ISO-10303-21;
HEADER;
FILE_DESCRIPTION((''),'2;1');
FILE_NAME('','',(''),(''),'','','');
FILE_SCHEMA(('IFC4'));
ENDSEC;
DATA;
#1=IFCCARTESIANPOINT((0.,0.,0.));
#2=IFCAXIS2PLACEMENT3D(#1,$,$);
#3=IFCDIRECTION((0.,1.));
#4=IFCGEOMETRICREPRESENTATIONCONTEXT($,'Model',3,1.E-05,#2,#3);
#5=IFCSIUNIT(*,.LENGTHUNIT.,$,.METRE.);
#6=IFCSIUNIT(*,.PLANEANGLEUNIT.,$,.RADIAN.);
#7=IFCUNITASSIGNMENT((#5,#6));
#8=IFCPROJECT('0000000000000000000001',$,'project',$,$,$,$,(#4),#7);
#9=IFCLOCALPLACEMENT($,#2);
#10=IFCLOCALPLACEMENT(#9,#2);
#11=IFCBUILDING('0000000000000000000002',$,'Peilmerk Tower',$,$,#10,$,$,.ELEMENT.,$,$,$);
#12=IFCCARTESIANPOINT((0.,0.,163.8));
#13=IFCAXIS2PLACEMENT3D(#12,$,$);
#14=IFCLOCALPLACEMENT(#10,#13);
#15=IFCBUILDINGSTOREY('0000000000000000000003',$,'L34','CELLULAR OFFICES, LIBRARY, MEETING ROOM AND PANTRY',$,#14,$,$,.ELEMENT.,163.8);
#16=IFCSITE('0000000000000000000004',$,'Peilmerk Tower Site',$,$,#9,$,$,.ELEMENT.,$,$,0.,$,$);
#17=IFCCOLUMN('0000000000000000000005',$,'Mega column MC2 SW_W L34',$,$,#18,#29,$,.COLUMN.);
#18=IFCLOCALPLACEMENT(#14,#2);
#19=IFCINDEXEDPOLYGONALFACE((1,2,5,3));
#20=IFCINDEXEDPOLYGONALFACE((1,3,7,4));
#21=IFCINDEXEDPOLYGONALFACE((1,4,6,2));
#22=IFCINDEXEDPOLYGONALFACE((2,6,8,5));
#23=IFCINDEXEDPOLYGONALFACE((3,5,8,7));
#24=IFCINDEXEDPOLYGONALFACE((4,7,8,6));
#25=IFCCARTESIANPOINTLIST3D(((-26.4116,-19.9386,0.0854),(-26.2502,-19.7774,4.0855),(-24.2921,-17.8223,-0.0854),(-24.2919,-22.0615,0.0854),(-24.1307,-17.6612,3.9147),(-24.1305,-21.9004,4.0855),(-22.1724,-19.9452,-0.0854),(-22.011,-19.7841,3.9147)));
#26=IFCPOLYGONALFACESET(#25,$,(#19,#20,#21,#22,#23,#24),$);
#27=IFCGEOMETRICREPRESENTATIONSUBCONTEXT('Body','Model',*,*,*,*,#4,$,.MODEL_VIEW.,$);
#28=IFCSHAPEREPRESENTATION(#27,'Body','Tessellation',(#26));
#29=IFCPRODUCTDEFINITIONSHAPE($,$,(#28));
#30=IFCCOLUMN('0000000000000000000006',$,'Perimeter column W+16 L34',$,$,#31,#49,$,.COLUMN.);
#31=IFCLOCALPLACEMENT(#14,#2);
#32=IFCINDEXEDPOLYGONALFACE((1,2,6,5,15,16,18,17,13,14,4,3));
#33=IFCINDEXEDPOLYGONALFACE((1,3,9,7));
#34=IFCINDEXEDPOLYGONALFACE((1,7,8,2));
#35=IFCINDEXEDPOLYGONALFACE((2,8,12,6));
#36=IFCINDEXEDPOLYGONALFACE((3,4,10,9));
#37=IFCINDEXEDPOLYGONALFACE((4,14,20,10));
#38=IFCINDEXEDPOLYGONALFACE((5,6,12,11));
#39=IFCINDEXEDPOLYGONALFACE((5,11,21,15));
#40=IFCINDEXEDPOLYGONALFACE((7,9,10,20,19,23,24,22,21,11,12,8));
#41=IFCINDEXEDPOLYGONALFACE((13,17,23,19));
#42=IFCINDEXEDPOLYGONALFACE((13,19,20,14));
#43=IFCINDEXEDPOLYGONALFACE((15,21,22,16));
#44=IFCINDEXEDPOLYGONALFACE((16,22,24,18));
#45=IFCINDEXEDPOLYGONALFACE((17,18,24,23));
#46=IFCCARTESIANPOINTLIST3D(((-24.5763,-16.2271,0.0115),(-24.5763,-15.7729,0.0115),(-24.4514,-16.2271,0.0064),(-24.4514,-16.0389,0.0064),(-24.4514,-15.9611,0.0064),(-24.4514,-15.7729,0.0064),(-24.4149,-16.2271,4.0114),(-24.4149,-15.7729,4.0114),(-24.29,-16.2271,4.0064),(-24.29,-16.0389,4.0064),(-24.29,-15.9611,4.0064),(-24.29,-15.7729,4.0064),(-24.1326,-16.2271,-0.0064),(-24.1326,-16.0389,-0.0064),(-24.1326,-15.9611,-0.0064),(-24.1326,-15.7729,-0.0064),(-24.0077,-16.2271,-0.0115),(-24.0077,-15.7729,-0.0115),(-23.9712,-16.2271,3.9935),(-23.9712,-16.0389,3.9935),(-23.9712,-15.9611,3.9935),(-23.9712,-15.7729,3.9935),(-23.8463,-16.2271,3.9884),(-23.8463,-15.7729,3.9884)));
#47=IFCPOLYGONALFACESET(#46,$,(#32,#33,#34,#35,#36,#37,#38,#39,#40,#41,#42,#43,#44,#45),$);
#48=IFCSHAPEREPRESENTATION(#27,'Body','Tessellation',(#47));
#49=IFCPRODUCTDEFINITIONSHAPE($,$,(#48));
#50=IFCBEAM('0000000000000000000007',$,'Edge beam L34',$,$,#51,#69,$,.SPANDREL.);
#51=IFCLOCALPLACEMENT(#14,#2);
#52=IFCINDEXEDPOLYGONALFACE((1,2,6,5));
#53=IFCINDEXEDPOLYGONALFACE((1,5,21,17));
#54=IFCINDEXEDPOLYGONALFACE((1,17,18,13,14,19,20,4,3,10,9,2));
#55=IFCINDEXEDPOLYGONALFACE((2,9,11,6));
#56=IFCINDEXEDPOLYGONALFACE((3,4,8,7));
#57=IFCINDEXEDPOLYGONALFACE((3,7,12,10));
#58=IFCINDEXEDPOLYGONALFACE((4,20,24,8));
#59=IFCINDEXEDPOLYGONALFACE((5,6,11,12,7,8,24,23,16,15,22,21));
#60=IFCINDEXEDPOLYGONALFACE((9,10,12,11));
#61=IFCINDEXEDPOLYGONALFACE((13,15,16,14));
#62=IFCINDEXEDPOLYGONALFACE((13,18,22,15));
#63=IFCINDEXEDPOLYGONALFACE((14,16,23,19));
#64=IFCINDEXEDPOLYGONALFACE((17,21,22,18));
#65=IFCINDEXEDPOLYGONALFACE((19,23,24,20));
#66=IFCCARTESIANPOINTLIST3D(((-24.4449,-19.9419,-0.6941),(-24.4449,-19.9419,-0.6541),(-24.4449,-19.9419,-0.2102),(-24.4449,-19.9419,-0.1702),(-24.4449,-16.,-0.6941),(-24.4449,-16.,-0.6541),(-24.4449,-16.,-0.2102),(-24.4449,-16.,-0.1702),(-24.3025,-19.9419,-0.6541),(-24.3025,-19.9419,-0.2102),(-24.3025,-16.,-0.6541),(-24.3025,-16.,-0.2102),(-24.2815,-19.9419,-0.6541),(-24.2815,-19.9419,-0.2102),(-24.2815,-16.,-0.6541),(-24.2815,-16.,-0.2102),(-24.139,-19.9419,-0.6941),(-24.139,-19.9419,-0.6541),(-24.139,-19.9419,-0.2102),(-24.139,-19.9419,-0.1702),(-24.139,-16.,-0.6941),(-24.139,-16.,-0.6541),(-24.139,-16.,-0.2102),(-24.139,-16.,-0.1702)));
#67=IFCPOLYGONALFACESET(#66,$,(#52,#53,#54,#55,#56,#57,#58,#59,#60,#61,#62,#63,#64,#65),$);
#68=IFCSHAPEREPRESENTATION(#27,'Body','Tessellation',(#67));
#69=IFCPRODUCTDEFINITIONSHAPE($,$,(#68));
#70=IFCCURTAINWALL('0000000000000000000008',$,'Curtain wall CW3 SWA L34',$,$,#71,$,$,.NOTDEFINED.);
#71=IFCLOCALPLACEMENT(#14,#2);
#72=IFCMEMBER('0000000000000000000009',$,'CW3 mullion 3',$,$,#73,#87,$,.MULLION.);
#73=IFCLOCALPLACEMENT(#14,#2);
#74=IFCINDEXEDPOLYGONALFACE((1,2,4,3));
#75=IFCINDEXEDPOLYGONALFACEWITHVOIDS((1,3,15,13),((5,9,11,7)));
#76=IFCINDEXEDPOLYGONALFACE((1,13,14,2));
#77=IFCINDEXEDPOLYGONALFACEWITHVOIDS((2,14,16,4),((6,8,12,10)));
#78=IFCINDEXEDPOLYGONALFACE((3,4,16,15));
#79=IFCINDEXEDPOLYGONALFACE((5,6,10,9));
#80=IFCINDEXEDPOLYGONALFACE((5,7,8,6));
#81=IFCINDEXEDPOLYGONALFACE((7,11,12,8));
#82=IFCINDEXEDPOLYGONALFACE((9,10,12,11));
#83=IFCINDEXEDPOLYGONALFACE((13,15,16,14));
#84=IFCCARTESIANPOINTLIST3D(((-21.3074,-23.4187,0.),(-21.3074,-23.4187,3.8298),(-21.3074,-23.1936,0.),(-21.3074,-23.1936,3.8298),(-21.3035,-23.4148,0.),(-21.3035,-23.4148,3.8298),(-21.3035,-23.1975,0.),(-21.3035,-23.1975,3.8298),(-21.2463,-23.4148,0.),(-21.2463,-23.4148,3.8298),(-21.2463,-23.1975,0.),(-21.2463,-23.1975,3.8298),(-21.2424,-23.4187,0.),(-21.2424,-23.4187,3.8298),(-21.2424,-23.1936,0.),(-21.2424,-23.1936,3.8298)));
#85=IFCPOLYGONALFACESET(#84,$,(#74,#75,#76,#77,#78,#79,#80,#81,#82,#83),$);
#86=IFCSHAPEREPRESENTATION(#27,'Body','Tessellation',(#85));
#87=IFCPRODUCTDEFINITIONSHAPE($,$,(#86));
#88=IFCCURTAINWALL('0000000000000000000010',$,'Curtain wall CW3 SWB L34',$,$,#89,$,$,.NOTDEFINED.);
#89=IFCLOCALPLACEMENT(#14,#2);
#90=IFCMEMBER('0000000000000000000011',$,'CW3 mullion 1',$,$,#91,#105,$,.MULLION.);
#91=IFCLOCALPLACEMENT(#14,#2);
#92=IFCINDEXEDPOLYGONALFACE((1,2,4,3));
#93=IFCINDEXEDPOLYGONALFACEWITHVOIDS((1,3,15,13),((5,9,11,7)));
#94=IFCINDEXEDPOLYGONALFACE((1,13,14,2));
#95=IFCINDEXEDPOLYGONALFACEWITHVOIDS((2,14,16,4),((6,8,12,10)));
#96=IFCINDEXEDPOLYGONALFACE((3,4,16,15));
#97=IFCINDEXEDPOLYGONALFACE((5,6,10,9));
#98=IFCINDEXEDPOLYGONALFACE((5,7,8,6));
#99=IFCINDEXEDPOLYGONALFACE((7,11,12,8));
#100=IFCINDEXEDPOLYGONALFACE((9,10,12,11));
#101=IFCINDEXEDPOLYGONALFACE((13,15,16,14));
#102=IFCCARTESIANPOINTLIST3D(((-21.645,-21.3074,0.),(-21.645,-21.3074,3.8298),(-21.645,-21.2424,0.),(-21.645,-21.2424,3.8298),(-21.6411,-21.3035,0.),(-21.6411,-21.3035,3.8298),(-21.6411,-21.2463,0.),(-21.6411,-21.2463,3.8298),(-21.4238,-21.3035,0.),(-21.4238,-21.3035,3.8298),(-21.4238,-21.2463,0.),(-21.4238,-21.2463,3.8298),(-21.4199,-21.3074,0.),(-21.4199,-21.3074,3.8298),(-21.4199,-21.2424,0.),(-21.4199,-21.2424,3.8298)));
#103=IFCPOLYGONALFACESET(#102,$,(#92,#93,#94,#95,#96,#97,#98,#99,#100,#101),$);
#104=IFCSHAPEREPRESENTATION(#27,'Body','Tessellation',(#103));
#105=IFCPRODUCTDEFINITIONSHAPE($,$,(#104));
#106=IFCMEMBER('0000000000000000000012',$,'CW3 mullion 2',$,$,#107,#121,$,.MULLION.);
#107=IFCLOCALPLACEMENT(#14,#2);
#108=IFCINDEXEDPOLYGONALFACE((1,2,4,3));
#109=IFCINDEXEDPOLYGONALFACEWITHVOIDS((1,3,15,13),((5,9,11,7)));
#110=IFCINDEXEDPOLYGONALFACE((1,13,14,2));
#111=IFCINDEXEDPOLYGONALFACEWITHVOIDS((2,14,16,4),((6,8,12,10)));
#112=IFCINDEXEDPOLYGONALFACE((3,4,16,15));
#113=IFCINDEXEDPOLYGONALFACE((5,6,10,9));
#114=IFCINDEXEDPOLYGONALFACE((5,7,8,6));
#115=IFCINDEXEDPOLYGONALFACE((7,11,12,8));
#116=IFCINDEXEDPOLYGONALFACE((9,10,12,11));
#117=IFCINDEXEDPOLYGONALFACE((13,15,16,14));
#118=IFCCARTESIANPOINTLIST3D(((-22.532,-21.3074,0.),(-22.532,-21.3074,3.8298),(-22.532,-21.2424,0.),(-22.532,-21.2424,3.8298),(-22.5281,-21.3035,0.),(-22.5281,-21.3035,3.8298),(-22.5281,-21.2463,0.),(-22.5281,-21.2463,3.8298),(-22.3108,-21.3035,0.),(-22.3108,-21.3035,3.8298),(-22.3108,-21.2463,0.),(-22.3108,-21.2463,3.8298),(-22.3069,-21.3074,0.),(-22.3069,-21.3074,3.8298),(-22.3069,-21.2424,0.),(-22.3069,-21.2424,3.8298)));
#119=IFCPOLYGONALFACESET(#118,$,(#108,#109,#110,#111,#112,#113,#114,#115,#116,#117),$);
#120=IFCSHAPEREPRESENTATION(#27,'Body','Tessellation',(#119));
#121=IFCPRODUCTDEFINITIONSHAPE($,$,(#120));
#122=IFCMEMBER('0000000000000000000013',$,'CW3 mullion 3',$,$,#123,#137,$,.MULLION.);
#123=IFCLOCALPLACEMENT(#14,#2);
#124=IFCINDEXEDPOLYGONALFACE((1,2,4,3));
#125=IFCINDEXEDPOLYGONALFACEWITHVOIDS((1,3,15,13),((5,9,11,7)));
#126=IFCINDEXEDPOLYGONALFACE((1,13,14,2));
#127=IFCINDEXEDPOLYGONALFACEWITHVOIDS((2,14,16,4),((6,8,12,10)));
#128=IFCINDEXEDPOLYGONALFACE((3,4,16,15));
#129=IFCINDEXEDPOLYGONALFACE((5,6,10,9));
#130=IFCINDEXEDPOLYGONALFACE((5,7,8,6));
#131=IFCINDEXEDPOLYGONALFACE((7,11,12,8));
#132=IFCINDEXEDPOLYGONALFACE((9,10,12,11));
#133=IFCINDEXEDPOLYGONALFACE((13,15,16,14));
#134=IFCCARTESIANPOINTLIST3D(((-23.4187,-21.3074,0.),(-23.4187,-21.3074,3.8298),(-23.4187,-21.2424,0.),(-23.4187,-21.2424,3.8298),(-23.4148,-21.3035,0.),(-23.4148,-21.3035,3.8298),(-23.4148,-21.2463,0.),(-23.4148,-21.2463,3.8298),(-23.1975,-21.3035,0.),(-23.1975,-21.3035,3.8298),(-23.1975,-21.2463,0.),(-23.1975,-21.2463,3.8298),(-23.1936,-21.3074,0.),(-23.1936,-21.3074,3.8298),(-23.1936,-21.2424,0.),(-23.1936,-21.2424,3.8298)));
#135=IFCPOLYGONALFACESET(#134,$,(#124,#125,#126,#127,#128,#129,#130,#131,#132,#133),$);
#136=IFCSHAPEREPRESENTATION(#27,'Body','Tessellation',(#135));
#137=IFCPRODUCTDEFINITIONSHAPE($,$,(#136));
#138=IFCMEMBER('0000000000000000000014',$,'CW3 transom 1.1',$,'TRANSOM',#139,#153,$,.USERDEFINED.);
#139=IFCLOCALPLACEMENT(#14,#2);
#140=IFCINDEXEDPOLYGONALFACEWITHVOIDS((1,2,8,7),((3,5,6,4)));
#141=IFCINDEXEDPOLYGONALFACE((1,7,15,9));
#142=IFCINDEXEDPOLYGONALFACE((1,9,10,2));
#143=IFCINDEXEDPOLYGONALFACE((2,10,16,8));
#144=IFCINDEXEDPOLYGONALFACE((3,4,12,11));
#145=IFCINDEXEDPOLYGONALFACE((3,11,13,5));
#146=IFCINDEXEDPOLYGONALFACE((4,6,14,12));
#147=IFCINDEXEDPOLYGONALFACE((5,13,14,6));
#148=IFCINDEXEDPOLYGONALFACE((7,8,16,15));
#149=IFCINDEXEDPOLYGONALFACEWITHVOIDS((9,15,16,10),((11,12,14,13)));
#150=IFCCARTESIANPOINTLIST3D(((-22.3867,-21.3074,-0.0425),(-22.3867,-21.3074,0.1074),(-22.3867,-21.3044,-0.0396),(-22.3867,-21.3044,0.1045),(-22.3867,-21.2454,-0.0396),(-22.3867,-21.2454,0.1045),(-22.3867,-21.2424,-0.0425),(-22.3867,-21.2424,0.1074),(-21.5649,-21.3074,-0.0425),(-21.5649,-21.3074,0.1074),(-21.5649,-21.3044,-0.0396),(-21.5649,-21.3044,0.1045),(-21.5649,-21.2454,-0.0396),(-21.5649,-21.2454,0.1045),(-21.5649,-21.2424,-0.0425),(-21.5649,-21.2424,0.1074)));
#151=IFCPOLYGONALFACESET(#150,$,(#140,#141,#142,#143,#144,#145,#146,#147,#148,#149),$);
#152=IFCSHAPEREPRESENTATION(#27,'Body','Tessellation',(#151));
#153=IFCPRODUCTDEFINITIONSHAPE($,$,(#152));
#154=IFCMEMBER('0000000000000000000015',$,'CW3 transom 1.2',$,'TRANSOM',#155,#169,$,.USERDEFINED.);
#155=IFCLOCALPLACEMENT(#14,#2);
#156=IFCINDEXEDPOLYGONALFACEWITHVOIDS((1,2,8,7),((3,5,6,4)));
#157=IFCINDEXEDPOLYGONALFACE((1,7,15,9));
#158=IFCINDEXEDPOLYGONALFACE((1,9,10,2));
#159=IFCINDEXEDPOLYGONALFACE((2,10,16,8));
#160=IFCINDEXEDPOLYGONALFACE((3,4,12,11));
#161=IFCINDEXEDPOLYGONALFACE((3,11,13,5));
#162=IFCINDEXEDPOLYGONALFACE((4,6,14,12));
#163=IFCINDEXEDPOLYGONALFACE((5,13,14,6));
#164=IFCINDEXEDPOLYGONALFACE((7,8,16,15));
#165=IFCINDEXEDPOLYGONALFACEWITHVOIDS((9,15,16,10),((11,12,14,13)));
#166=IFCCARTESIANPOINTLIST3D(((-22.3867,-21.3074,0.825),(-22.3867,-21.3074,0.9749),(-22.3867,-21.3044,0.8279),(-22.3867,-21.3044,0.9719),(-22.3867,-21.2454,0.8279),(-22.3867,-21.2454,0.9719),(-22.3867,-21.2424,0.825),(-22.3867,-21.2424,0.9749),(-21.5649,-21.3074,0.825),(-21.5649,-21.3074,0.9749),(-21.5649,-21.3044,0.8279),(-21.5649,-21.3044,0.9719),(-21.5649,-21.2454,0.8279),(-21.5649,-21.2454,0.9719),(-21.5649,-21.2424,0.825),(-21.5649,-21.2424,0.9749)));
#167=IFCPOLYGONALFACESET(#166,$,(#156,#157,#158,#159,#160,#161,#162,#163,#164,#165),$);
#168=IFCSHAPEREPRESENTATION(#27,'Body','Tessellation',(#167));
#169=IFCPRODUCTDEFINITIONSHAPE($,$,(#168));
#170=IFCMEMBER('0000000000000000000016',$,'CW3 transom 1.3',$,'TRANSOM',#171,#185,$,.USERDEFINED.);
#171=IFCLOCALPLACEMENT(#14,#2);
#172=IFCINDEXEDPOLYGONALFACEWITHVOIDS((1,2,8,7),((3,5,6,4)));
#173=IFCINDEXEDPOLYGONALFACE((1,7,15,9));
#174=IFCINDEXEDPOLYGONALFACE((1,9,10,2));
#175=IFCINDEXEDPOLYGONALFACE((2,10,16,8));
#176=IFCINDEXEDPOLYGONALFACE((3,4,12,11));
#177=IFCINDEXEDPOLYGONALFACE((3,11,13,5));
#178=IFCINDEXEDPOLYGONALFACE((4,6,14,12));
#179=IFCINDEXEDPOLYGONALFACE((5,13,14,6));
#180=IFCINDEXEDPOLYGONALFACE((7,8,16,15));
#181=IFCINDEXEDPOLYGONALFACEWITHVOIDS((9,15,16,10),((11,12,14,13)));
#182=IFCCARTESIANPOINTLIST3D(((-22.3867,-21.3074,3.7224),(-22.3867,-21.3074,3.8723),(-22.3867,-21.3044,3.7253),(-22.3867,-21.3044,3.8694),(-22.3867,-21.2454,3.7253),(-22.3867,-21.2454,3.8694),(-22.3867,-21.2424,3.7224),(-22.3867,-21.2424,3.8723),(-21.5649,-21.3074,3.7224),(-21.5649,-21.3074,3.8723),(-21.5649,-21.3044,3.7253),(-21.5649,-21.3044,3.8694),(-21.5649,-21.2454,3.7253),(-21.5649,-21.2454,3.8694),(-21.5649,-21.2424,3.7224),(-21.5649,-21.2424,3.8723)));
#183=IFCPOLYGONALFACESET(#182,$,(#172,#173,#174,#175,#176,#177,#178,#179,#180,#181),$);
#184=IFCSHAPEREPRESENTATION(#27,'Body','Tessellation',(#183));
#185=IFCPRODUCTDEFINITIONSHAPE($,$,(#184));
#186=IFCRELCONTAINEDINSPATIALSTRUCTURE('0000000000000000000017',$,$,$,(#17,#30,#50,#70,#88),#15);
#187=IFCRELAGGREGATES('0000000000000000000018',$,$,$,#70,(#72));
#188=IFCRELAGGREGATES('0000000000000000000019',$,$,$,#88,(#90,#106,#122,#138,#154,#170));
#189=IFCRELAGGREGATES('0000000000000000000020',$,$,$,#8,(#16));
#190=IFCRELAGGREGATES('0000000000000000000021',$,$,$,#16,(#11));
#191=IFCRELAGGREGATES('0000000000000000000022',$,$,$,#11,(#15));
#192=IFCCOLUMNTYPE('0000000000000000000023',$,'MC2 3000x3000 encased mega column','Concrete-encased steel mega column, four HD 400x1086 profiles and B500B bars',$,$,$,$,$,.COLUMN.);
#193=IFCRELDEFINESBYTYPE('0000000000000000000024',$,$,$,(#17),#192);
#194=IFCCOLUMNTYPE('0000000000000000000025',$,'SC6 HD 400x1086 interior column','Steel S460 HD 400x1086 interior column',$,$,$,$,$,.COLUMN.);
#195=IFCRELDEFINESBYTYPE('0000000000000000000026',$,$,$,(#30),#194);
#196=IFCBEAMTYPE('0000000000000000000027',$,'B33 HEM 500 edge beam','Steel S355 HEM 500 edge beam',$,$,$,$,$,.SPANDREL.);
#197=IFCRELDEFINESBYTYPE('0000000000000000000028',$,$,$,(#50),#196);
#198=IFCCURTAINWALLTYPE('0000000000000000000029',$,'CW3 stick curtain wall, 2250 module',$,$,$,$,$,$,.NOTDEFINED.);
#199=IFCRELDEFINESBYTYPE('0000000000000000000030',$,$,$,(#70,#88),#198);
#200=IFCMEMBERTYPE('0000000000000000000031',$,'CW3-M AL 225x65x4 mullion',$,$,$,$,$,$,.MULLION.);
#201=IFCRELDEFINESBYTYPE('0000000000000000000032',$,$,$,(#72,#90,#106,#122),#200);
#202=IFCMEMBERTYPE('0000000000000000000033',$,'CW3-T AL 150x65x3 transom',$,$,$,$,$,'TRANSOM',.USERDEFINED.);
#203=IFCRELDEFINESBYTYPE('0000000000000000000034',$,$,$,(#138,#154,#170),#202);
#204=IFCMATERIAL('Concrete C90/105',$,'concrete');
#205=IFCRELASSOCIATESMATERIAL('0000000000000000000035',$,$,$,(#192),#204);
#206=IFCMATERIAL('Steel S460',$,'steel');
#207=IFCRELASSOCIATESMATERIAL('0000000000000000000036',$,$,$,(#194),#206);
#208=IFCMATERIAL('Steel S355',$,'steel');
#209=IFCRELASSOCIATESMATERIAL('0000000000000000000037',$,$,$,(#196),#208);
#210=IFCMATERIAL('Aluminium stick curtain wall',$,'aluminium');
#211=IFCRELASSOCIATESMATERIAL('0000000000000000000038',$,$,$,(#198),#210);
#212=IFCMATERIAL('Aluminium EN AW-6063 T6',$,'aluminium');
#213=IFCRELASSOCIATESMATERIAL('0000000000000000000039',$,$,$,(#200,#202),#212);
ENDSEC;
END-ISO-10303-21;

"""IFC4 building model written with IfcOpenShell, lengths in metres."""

from ifc_helpers import new_model, si_unit, direction, frame, origin, origin_2d, place, context, subcontext, project, spatial, rectangle, hollow_rectangle, i_section, extrude, material, material_profile, profile_set, type_object, element, aggregate, save


model = new_model("IFC4")

# Units and contexts
model_context = context("Model", 3, precision=1e-05, world=origin(), true_north=direction((0.0, 1.0)))
body_context = subcontext(model_context, "Body", "Model", "MODEL_VIEW")
ifc_project = project(units=[si_unit("LENGTHUNIT", "METRE"), si_unit("PLANEANGLEUNIT", "RADIAN")], contexts=[model_context])

# Site, building, storey
site_placement = place(None, origin())
site = spatial("IfcSite", under=ifc_project, at=site_placement, Name="Peilmerk Tower Site", CompositionType="ELEMENT", RefElevation=0.0)
building_placement = place(site_placement, origin())
building = spatial("IfcBuilding", under=site, at=building_placement, Name="Peilmerk Tower", CompositionType="ELEMENT")
storey_placement = place(building_placement, frame((0.0, 0.0, 163.8)))
storey = spatial("IfcBuildingStorey", under=building, at=storey_placement, Name="L34", Description="CELLULAR OFFICES, LIBRARY, MEETING ROOM AND PANTRY", CompositionType="ELEMENT", Elevation=163.8)

# Columns
ifc_material_1 = material(Name="Concrete C90/105", Category="concrete")
ifc_material_profile_1 = material_profile(ifc_material_1, rectangle(XDim=3.0, YDim=3.0, at=origin_2d()), Name="RC 3000x3000")
ifc_profile_set_1 = profile_set([ifc_material_profile_1], Name="Concrete C90/105")
column_type_1 = type_object("IfcColumnType", Name="MC2 3000x3000 encased mega column", Description="Concrete-encased steel mega column, four HD 400x1086 profiles and B500B bars", PredefinedType="COLUMN", material=ifc_profile_set_1)
column_1_placement = place(storey_placement, frame((-24.292, -19.9419, 0.0), z_axis=(0.040279, 0.040218, 0.998379), x_axis=(-0.706571, 0.707642, 0.0)))
element("IfcColumn", 1, at=column_1_placement, inside=storey, type_object=column_type_1, Name="Mega column MC2 SW_W L34", PredefinedType="COLUMN", context=body_context, shape_type="SweptSolid", body=[
    extrude(rectangle(XDim=3.0, YDim=3.0, at=origin_2d()), origin(), (0.0, 0.0, 1.0), 4.0066),
])
ifc_material_2 = material(Name="Steel S460", Category="steel")
ifc_material_profile_2 = material_profile(ifc_material_2, i_section(OverallWidth=0.4541, OverallDepth=0.5691, WebThickness=0.0779, FlangeThickness=0.125, at=origin_2d()), Name="HD 400x1086")
ifc_profile_set_2 = profile_set([ifc_material_profile_2], Name="Steel S460")
column_type_2 = type_object("IfcColumnType", Name="SC6 HD 400x1086 interior column", Description="Steel S460 HD 400x1086 interior column", PredefinedType="COLUMN", material=ifc_profile_set_2)
column_2_placement = place(storey_placement, frame((-24.292, -16.0, 0.0), z_axis=(0.040311, 0.0, 0.999187), x_axis=(0.0, 1.0, 0.0)))
element("IfcColumn", 2, at=column_2_placement, inside=storey, type_object=column_type_2, Name="Perimeter column W+16 L34", PredefinedType="COLUMN", context=body_context, shape_type="SweptSolid", body=[
    extrude(i_section(OverallWidth=0.4541, OverallDepth=0.5691, WebThickness=0.0779, FlangeThickness=0.125, at=origin_2d()), origin(), (0.0, 0.0, 1.0), 4.0032),
])

# Beam
ifc_material_3 = material(Name="Steel S355", Category="steel")
ifc_material_profile_3 = material_profile(ifc_material_3, i_section(OverallWidth=0.3059, OverallDepth=0.5239, WebThickness=0.021, FlangeThickness=0.04, at=origin_2d()), Name="HEM 500")
ifc_profile_set_3 = profile_set([ifc_material_profile_3], Name="Steel S355")
beam_type = type_object("IfcBeamType", Name="B33 HEM 500 edge beam", Description="Steel S355 HEM 500 edge beam", PredefinedType="SPANDREL", material=ifc_profile_set_3)
beam_placement = place(storey_placement, frame((-24.292, -16.0, -0.4321), z_axis=(0.0, -1.0, 0.0), x_axis=(1.0, 0.0, 0.0)))
element("IfcBeam", 3, at=beam_placement, inside=storey, type_object=beam_type, Name="Edge beam L34", PredefinedType="SPANDREL", context=body_context, shape_type="SweptSolid", body=[
    extrude(i_section(OverallWidth=0.3059, OverallDepth=0.5239, WebThickness=0.021, FlangeThickness=0.04, at=origin_2d()), origin(), (0.0, 0.0, 1.0), 3.9419),
])

# Curtain wall, member
ifc_material_4 = material(Name="Aluminium stick curtain wall", Category="aluminium")
curtain_wall_type = type_object("IfcCurtainWallType", Name="CW3 stick curtain wall, 2250 module", PredefinedType="NOTDEFINED", material=ifc_material_4)
curtain_wall_1_placement = place(storey_placement, origin())
curtain_wall_1 = element("IfcCurtainWall", 4, at=curtain_wall_1_placement, inside=storey, type_object=curtain_wall_type, Name="Curtain wall CW3 SWA L34", PredefinedType="NOTDEFINED")
ifc_material_5 = material(Name="Aluminium EN AW-6063 T6", Category="aluminium")
ifc_material_profile_4 = material_profile(ifc_material_5, hollow_rectangle(XDim=0.0649, YDim=0.2251, WallThickness=0.0039, at=origin_2d()), Name="AL 225x65x4")
ifc_profile_set_4 = profile_set([ifc_material_profile_4], Name="Aluminium EN AW-6063 T6")
member_type_1 = type_object("IfcMemberType", Name="CW3-M AL 225x65x4 mullion", PredefinedType="MULLION", material=ifc_profile_set_4)
member_1_placement = place(storey_placement, frame((-21.2749, -23.3062, 0.0), z_axis=(0.0, 0.0, 1.0), x_axis=(1.0, 0.0, 0.0)))
member_1 = element("IfcMember", 5, at=member_1_placement, type_object=member_type_1, Name="CW3 mullion 3", PredefinedType="MULLION", context=body_context, shape_type="SweptSolid", body=[
    extrude(hollow_rectangle(XDim=0.0649, YDim=0.2251, WallThickness=0.0039, at=origin_2d()), origin(), (0.0, 0.0, 1.0), 3.8298),
])

# Curtain wall, members
curtain_wall_2_placement = place(storey_placement, origin())
curtain_wall_2 = element("IfcCurtainWall", 6, at=curtain_wall_2_placement, inside=storey, type_object=curtain_wall_type, Name="Curtain wall CW3 SWB L34", PredefinedType="NOTDEFINED")
member_2_placement = place(storey_placement, frame((-21.5325, -21.2749, 0.0), z_axis=(0.0, 0.0, 1.0), x_axis=(0.0, -1.0, 0.0)))
member_2 = element("IfcMember", 7, at=member_2_placement, type_object=member_type_1, Name="CW3 mullion 1", PredefinedType="MULLION", context=body_context, shape_type="SweptSolid", body=[
    extrude(hollow_rectangle(XDim=0.0649, YDim=0.2251, WallThickness=0.0039, at=origin_2d()), origin(), (0.0, 0.0, 1.0), 3.8298),
])
member_3_placement = place(storey_placement, frame((-22.4194, -21.2749, 0.0), z_axis=(0.0, 0.0, 1.0), x_axis=(0.0, -1.0, 0.0)))
member_3 = element("IfcMember", 8, at=member_3_placement, type_object=member_type_1, Name="CW3 mullion 2", PredefinedType="MULLION", context=body_context, shape_type="SweptSolid", body=[
    extrude(hollow_rectangle(XDim=0.0649, YDim=0.2251, WallThickness=0.0039, at=origin_2d()), origin(), (0.0, 0.0, 1.0), 3.8298),
])
member_4_placement = place(storey_placement, frame((-23.3062, -21.2749, 0.0), z_axis=(0.0, 0.0, 1.0), x_axis=(0.0, -1.0, 0.0)))
member_4 = element("IfcMember", 9, at=member_4_placement, type_object=member_type_1, Name="CW3 mullion 3", PredefinedType="MULLION", context=body_context, shape_type="SweptSolid", body=[
    extrude(hollow_rectangle(XDim=0.0649, YDim=0.2251, WallThickness=0.0039, at=origin_2d()), origin(), (0.0, 0.0, 1.0), 3.8298),
])
ifc_material_profile_5 = material_profile(ifc_material_5, hollow_rectangle(XDim=0.0649, YDim=0.1499, WallThickness=0.0029, at=origin_2d()), Name="AL 150x65x3")
ifc_profile_set_5 = profile_set([ifc_material_profile_5], Name="Aluminium EN AW-6063 T6")
member_type_2 = type_object("IfcMemberType", Name="CW3-T AL 150x65x3 transom", ElementType="TRANSOM", PredefinedType="USERDEFINED", material=ifc_profile_set_5)
member_5_placement = place(storey_placement, frame((-21.5649, -21.2749, 0.0325), z_axis=(-1.0, 0.0, 0.0), x_axis=(0.0, -1.0, 0.0)))
member_5 = element("IfcMember", 10, at=member_5_placement, type_object=member_type_2, Name="CW3 transom 1.1", ObjectType="TRANSOM", PredefinedType="USERDEFINED", context=body_context, shape_type="SweptSolid", body=[
    extrude(hollow_rectangle(XDim=0.0649, YDim=0.1499, WallThickness=0.0029, at=origin_2d()), origin(), (0.0, 0.0, 1.0), 0.8218),
])
member_6_placement = place(storey_placement, frame((-21.5649, -21.2749, 0.8999), z_axis=(-1.0, 0.0, 0.0), x_axis=(0.0, -1.0, 0.0)))
member_6 = element("IfcMember", 11, at=member_6_placement, type_object=member_type_2, Name="CW3 transom 1.2", ObjectType="TRANSOM", PredefinedType="USERDEFINED", context=body_context, shape_type="SweptSolid", body=[
    extrude(hollow_rectangle(XDim=0.0649, YDim=0.1499, WallThickness=0.0029, at=origin_2d()), origin(), (0.0, 0.0, 1.0), 0.8218),
])
member_7_placement = place(storey_placement, frame((-21.5649, -21.2749, 3.7974), z_axis=(-1.0, 0.0, 0.0), x_axis=(0.0, -1.0, 0.0)))
member_7 = element("IfcMember", 12, at=member_7_placement, type_object=member_type_2, Name="CW3 transom 1.3", ObjectType="TRANSOM", PredefinedType="USERDEFINED", context=body_context, shape_type="SweptSolid", body=[
    extrude(hollow_rectangle(XDim=0.0649, YDim=0.1499, WallThickness=0.0029, at=origin_2d()), origin(), (0.0, 0.0, 1.0), 0.8218),
])

aggregate(curtain_wall_1, [member_1])
aggregate(curtain_wall_2, [member_2, member_3, member_4, member_5, member_6, member_7])

save(model, "model.ifc")
